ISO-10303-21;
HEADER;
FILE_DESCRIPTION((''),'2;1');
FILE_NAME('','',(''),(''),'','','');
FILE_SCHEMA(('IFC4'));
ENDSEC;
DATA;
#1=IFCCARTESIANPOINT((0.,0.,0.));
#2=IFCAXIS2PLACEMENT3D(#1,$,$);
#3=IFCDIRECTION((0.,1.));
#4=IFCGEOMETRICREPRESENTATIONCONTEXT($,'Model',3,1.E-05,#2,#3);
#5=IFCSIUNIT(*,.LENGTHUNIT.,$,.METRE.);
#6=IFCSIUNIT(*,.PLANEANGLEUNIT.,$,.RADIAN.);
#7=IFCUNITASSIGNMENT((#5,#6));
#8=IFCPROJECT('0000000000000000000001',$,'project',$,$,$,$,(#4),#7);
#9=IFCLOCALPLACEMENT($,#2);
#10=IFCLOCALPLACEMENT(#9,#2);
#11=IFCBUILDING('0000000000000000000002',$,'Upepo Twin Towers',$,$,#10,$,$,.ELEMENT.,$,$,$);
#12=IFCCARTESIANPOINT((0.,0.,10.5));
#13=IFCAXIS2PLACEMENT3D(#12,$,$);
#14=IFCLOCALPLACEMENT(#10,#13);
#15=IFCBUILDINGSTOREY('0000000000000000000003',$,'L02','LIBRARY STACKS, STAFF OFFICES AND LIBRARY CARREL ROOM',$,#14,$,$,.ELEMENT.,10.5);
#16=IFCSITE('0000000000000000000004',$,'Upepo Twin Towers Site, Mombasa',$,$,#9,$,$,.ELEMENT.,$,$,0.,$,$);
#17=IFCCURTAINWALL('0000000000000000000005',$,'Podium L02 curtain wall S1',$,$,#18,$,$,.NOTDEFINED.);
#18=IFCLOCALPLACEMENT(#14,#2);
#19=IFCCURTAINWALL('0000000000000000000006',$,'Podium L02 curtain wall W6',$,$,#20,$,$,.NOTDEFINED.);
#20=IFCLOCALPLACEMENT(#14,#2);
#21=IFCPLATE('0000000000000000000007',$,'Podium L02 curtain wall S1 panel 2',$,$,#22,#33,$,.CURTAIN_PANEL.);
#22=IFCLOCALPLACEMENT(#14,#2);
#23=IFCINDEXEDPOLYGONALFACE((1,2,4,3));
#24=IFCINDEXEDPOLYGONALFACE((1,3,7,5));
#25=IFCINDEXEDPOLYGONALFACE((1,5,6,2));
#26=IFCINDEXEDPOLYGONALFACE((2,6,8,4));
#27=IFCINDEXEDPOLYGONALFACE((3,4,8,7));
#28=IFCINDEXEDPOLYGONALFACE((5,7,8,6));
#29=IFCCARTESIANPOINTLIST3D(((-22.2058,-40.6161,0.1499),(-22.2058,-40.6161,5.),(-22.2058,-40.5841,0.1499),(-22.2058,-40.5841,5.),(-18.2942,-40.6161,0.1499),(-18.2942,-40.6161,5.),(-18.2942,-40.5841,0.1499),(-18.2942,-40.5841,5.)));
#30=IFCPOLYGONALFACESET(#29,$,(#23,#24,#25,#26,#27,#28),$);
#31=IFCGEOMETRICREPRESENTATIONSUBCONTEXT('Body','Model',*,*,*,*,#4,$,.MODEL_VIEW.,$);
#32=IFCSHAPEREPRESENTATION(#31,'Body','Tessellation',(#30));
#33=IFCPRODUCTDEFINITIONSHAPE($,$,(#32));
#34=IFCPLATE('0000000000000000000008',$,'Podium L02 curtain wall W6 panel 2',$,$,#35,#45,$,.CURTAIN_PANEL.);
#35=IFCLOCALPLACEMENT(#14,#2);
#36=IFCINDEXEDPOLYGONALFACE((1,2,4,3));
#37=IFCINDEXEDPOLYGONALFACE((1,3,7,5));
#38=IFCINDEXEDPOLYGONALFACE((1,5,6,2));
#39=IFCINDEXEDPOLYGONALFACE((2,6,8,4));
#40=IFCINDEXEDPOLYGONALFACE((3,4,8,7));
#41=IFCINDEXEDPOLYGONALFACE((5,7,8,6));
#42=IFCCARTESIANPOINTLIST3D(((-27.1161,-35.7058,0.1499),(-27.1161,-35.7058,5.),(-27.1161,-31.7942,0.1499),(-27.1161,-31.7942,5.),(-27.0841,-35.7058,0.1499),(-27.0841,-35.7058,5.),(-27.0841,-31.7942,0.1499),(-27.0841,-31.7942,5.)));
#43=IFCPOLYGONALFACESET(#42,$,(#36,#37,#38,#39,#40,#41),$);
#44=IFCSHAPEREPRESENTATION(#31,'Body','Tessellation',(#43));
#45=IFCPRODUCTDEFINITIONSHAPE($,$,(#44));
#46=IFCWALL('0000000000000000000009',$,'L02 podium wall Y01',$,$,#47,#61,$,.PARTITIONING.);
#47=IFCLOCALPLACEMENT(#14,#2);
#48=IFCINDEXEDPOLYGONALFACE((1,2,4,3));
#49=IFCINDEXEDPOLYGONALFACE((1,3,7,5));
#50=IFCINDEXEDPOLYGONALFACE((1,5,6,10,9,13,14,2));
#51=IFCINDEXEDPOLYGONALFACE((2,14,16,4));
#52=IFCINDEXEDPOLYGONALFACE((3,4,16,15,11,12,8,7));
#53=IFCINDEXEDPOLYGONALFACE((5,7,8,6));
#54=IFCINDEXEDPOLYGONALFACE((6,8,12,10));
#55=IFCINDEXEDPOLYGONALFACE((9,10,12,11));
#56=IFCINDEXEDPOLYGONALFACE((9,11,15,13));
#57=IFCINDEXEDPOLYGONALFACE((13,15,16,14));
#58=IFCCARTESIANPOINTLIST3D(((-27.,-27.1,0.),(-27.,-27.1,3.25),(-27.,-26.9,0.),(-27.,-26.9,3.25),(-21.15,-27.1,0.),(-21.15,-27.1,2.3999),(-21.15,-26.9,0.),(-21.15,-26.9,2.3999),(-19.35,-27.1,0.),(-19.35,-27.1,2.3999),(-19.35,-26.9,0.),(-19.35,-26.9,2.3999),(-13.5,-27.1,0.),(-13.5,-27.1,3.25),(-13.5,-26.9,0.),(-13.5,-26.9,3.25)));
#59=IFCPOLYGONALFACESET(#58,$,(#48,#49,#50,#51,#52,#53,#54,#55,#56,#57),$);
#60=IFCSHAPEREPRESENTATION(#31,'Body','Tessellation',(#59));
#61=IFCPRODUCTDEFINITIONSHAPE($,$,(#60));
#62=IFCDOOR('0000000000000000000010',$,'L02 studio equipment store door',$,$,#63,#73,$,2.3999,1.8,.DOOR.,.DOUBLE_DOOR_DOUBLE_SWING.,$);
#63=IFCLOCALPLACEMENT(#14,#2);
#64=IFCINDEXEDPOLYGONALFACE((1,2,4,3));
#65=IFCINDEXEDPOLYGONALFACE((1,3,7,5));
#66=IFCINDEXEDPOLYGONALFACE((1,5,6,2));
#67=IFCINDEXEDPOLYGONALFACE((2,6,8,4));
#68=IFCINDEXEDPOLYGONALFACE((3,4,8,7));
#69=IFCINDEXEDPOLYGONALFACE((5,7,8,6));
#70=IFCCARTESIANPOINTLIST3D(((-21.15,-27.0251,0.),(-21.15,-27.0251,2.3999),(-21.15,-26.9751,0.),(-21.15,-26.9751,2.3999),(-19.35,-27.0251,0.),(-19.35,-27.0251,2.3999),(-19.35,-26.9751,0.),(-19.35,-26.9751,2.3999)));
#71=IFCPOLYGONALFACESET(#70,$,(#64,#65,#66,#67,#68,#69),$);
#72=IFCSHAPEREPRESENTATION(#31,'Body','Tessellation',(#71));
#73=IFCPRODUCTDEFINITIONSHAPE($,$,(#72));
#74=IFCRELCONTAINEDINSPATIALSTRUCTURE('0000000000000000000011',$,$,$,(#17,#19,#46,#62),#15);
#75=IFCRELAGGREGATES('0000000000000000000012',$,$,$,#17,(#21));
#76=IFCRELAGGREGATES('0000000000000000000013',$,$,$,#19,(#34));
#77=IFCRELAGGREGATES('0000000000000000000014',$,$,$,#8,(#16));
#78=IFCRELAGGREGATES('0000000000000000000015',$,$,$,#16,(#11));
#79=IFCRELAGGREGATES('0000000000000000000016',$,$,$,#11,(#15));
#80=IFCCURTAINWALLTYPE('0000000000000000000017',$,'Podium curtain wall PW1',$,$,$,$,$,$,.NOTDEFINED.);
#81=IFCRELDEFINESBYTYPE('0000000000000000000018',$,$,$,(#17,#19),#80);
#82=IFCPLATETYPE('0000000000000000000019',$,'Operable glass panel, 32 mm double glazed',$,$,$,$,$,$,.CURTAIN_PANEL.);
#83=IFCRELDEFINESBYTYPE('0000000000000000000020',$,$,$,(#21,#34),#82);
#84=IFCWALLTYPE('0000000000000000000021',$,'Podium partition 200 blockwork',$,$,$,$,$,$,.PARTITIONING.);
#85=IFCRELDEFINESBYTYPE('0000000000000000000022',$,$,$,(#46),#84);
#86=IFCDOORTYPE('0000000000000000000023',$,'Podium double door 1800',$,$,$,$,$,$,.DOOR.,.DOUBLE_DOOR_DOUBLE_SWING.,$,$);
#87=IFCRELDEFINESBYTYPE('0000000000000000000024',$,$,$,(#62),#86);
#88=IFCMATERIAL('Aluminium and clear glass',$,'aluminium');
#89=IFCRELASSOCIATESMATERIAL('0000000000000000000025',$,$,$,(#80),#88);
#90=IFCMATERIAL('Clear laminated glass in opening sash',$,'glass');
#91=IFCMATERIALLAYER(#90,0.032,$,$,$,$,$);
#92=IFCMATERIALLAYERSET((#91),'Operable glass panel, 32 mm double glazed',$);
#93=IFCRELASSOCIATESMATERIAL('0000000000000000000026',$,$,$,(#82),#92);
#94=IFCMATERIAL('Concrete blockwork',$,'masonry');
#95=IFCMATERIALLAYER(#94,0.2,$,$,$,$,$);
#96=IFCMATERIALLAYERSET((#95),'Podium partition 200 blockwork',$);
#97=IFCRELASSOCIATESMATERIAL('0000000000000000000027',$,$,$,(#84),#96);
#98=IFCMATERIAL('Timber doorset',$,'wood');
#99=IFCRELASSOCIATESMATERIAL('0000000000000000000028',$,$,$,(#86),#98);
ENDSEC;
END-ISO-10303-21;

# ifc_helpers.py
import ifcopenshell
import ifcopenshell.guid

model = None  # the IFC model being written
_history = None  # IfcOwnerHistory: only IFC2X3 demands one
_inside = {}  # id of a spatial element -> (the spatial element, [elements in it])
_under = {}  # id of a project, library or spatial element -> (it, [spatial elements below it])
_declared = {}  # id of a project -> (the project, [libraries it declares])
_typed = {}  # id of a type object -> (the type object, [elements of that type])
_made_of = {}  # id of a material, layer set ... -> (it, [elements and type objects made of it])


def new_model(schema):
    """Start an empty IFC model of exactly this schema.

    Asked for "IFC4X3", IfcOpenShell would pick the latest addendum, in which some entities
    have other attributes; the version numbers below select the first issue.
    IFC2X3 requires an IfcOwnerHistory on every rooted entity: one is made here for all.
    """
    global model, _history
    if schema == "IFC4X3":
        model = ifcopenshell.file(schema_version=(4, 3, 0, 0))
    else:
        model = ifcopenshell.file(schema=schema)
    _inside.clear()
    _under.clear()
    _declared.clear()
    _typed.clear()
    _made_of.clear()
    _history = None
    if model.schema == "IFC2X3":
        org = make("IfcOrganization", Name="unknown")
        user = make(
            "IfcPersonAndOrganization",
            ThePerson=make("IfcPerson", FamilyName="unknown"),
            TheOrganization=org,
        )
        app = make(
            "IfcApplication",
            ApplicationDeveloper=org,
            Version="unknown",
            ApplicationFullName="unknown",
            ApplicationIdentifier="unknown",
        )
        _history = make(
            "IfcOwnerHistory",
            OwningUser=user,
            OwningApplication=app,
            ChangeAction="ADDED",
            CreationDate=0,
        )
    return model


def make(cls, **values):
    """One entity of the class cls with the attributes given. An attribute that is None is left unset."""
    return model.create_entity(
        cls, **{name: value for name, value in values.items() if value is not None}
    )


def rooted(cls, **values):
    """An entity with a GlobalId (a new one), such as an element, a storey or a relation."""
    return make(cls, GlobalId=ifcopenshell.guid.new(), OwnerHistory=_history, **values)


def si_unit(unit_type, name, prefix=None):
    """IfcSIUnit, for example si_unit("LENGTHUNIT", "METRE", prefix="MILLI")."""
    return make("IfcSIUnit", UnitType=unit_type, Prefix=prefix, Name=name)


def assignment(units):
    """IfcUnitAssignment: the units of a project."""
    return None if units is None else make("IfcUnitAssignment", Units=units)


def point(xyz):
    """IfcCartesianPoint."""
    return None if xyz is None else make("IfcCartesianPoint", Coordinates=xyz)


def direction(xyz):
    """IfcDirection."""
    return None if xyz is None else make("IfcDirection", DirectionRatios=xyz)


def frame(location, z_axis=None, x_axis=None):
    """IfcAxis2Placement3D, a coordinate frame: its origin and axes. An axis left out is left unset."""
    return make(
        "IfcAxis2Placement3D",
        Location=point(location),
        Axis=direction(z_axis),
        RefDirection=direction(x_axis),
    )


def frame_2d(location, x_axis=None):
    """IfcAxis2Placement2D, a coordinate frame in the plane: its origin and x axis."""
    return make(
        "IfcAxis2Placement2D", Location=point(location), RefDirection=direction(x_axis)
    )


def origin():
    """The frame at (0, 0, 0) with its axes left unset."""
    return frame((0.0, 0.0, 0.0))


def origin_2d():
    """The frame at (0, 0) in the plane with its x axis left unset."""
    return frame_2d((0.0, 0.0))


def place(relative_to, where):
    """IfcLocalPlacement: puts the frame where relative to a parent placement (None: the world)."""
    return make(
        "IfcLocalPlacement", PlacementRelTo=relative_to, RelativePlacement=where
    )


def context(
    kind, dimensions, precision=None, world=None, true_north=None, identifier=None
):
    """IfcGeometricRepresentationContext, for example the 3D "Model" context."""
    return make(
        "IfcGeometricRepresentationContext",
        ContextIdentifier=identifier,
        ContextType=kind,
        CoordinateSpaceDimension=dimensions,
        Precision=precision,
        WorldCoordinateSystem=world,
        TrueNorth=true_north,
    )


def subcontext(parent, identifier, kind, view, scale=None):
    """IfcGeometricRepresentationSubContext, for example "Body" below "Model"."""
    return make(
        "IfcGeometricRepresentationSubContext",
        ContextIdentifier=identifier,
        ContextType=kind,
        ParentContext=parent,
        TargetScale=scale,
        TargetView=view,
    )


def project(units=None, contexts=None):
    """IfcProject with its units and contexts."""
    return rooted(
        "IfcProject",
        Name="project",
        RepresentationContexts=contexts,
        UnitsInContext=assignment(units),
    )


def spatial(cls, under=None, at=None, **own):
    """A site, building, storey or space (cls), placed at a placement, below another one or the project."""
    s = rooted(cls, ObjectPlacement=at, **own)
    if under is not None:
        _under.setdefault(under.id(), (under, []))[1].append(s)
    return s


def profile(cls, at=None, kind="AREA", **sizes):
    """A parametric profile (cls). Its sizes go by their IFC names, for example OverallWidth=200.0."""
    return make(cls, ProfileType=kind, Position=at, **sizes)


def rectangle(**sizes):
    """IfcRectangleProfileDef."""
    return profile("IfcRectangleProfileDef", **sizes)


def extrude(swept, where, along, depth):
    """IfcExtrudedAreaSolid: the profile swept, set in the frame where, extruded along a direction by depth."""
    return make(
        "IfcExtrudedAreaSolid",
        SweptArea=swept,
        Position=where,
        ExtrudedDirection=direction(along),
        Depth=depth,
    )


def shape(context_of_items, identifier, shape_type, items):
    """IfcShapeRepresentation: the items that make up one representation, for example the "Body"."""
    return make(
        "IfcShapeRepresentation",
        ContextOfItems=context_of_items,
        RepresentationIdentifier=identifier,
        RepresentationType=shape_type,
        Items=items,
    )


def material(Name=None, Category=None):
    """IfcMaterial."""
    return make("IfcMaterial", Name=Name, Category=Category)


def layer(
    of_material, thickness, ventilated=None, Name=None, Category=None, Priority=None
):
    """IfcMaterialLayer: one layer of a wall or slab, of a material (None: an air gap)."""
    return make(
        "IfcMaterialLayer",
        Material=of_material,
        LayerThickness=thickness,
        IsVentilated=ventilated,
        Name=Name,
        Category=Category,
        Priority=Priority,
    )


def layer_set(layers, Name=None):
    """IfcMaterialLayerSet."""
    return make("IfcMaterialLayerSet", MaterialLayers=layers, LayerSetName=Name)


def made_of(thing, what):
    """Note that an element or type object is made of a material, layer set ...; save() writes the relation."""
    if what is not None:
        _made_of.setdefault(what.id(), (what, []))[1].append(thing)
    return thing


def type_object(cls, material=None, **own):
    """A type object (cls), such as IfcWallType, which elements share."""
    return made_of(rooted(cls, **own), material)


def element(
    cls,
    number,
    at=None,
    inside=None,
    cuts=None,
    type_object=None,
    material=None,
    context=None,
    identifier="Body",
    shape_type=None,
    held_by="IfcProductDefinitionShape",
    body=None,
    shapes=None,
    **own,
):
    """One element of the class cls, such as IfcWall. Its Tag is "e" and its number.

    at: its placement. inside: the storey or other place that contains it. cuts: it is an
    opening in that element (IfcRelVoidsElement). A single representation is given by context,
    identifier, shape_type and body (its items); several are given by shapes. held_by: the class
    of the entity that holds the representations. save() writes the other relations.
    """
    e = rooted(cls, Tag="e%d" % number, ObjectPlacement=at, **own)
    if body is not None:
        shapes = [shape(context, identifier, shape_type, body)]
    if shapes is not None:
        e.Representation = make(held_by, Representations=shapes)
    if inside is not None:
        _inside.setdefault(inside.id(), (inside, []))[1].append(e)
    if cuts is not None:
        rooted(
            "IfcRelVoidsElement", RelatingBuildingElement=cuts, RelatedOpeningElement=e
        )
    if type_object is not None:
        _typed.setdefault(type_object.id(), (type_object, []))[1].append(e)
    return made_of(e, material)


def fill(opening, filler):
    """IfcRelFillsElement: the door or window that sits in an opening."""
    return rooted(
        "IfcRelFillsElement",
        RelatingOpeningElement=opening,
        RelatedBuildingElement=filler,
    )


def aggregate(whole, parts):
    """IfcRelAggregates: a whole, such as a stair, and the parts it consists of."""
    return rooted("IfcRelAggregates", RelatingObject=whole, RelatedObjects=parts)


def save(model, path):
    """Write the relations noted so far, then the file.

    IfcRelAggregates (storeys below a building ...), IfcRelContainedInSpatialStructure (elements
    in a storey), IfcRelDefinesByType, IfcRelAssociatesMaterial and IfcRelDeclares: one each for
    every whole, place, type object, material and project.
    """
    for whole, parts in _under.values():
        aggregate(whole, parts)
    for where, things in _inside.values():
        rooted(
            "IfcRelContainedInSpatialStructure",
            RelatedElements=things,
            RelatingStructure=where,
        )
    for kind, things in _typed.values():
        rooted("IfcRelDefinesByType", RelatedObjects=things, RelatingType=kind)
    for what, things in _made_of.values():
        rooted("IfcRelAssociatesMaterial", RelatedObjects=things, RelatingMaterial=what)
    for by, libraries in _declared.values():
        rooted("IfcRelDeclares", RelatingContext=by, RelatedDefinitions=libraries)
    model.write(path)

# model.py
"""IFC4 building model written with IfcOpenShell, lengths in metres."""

from ifc_helpers import new_model, si_unit, direction, frame, frame_2d, origin, origin_2d, place, context, subcontext, project, spatial, rectangle, extrude, material, layer, layer_set, type_object, element, fill, aggregate, save


model = new_model("IFC4")

# Units and contexts
model_context = context("Model", 3, precision=1e-05, world=origin(), true_north=direction((0.0, 1.0)))
body_context = subcontext(model_context, "Body", "Model", "MODEL_VIEW")
ifc_project = project(units=[si_unit("LENGTHUNIT", "METRE"), si_unit("PLANEANGLEUNIT", "RADIAN")], contexts=[model_context])

# Site, building, storey
site_placement = place(None, origin())
site = spatial("IfcSite", under=ifc_project, at=site_placement, Name="Upepo Twin Towers Site, Mombasa", CompositionType="ELEMENT", RefElevation=0.0)
building_placement = place(site_placement, origin())
building = spatial("IfcBuilding", under=site, at=building_placement, Name="Upepo Twin Towers", CompositionType="ELEMENT")
storey_placement = place(building_placement, frame((0.0, 0.0, 10.5)))
storey = spatial("IfcBuildingStorey", under=building, at=storey_placement, Name="L02", Description="LIBRARY STACKS, STAFF OFFICES AND LIBRARY CARREL ROOM", CompositionType="ELEMENT", Elevation=10.5)

# Curtain wall
ifc_material_1 = material(Name="Aluminium and clear glass", Category="aluminium")
curtain_wall_type = type_object("IfcCurtainWallType", Name="Podium curtain wall PW1", PredefinedType="NOTDEFINED", material=ifc_material_1)
curtain_wall_1_placement = place(storey_placement, origin())
curtain_wall_1 = element("IfcCurtainWall", 1, at=curtain_wall_1_placement, inside=storey, type_object=curtain_wall_type, Name="Podium L02 curtain wall S1", PredefinedType="NOTDEFINED")

# Curtain wall
curtain_wall_2_placement = place(storey_placement, origin())
curtain_wall_2 = element("IfcCurtainWall", 2, at=curtain_wall_2_placement, inside=storey, type_object=curtain_wall_type, Name="Podium L02 curtain wall W6", PredefinedType="NOTDEFINED")

# Plates
ifc_material_2 = material(Name="Clear laminated glass in opening sash", Category="glass")
ifc_layer_1 = layer(ifc_material_2, 0.032)
ifc_layer_set_1 = layer_set([ifc_layer_1], Name="Operable glass panel, 32 mm double glazed")
plate_type_1 = type_object("IfcPlateType", Name="Operable glass panel, 32 mm double glazed", PredefinedType="CURTAIN_PANEL", material=ifc_layer_set_1)
plate_1_placement = place(storey_placement, frame((-20.25, -40.6001, 0.1499), z_axis=(0.0, 0.0, 1.0), x_axis=(1.0, 0.0, 0.0)))
plate_1 = element("IfcPlate", 3, at=plate_1_placement, type_object=plate_type_1, Name="Podium L02 curtain wall S1 panel 2", PredefinedType="CURTAIN_PANEL", context=body_context, shape_type="SweptSolid", body=[
    extrude(rectangle(XDim=3.9116, YDim=0.032, at=origin_2d()), origin(), (0.0, 0.0, 1.0), 4.8501),
])
aggregate(curtain_wall_1, [plate_1])
plate_2_placement = place(storey_placement, frame((-27.1001, -33.75, 0.1499), z_axis=(0.0, 0.0, 1.0), x_axis=(0.0, -1.0, 0.0)))
plate_2 = element("IfcPlate", 4, at=plate_2_placement, type_object=plate_type_1, Name="Podium L02 curtain wall W6 panel 2", PredefinedType="CURTAIN_PANEL", context=body_context, shape_type="SweptSolid", body=[
    extrude(rectangle(XDim=3.9116, YDim=0.032, at=origin_2d()), origin(), (0.0, 0.0, 1.0), 4.8501),
])
aggregate(curtain_wall_2, [plate_2])

# Wall, opening, door
ifc_material_3 = material(Name="Concrete blockwork", Category="masonry")
ifc_layer_2 = layer(ifc_material_3, 0.2)
ifc_layer_set_2 = layer_set([ifc_layer_2], Name="Podium partition 200 blockwork")
wall_type = type_object("IfcWallType", Name="Podium partition 200 blockwork", PredefinedType="PARTITIONING", material=ifc_layer_set_2)
wall_placement = place(storey_placement, frame((-27.0, -27.0, 0.0), z_axis=(0.0, 0.0, 1.0), x_axis=(1.0, 0.0, 0.0)))
wall = element("IfcWall", 5, at=wall_placement, inside=storey, type_object=wall_type, Name="L02 podium wall Y01", PredefinedType="PARTITIONING", context=body_context, shape_type="SweptSolid", body=[
    extrude(rectangle(XDim=13.5, YDim=0.2, at=frame_2d((6.75, 0.0))), origin(), (0.0, 0.0, 1.0), 3.25),
])
opening_placement = place(wall_placement, frame((5.8501, 0.0, 0.0)))
opening = element("IfcOpeningElement", 6, at=opening_placement, cuts=wall, PredefinedType="OPENING", context=body_context, shape_type="SweptSolid", body=[
    extrude(rectangle(XDim=1.8, YDim=2.3999, at=frame_2d((0.8999, 1.2))), frame((0.0, 0.1099, 0.0), z_axis=(0.0, -1.0, 0.0), x_axis=(1.0, 0.0, 0.0)), (0.0, 0.0, 1.0), 0.22),
])
ifc_material_4 = material(Name="Timber doorset", Category="wood")
door_type = type_object("IfcDoorType", Name="Podium double door 1800", OperationType="DOUBLE_DOOR_DOUBLE_SWING", PredefinedType="DOOR", material=ifc_material_4)
door_placement = place(opening_placement, origin())
door = element("IfcDoor", 7, at=door_placement, inside=storey, type_object=door_type, Name="L02 studio equipment store door", OperationType="DOUBLE_DOOR_DOUBLE_SWING", OverallHeight=2.3999, OverallWidth=1.8, PredefinedType="DOOR", context=body_context, shape_type="SweptSolid", body=[
    extrude(rectangle(XDim=1.8, YDim=2.3999, at=frame_2d((0.8999, 1.2))), frame((0.0, 0.0249, 0.0), z_axis=(0.0, -1.0, 0.0), x_axis=(1.0, 0.0, 0.0)), (0.0, 0.0, 1.0), 0.05),
])
fill(opening, door)

save(model, "model.ifc")
